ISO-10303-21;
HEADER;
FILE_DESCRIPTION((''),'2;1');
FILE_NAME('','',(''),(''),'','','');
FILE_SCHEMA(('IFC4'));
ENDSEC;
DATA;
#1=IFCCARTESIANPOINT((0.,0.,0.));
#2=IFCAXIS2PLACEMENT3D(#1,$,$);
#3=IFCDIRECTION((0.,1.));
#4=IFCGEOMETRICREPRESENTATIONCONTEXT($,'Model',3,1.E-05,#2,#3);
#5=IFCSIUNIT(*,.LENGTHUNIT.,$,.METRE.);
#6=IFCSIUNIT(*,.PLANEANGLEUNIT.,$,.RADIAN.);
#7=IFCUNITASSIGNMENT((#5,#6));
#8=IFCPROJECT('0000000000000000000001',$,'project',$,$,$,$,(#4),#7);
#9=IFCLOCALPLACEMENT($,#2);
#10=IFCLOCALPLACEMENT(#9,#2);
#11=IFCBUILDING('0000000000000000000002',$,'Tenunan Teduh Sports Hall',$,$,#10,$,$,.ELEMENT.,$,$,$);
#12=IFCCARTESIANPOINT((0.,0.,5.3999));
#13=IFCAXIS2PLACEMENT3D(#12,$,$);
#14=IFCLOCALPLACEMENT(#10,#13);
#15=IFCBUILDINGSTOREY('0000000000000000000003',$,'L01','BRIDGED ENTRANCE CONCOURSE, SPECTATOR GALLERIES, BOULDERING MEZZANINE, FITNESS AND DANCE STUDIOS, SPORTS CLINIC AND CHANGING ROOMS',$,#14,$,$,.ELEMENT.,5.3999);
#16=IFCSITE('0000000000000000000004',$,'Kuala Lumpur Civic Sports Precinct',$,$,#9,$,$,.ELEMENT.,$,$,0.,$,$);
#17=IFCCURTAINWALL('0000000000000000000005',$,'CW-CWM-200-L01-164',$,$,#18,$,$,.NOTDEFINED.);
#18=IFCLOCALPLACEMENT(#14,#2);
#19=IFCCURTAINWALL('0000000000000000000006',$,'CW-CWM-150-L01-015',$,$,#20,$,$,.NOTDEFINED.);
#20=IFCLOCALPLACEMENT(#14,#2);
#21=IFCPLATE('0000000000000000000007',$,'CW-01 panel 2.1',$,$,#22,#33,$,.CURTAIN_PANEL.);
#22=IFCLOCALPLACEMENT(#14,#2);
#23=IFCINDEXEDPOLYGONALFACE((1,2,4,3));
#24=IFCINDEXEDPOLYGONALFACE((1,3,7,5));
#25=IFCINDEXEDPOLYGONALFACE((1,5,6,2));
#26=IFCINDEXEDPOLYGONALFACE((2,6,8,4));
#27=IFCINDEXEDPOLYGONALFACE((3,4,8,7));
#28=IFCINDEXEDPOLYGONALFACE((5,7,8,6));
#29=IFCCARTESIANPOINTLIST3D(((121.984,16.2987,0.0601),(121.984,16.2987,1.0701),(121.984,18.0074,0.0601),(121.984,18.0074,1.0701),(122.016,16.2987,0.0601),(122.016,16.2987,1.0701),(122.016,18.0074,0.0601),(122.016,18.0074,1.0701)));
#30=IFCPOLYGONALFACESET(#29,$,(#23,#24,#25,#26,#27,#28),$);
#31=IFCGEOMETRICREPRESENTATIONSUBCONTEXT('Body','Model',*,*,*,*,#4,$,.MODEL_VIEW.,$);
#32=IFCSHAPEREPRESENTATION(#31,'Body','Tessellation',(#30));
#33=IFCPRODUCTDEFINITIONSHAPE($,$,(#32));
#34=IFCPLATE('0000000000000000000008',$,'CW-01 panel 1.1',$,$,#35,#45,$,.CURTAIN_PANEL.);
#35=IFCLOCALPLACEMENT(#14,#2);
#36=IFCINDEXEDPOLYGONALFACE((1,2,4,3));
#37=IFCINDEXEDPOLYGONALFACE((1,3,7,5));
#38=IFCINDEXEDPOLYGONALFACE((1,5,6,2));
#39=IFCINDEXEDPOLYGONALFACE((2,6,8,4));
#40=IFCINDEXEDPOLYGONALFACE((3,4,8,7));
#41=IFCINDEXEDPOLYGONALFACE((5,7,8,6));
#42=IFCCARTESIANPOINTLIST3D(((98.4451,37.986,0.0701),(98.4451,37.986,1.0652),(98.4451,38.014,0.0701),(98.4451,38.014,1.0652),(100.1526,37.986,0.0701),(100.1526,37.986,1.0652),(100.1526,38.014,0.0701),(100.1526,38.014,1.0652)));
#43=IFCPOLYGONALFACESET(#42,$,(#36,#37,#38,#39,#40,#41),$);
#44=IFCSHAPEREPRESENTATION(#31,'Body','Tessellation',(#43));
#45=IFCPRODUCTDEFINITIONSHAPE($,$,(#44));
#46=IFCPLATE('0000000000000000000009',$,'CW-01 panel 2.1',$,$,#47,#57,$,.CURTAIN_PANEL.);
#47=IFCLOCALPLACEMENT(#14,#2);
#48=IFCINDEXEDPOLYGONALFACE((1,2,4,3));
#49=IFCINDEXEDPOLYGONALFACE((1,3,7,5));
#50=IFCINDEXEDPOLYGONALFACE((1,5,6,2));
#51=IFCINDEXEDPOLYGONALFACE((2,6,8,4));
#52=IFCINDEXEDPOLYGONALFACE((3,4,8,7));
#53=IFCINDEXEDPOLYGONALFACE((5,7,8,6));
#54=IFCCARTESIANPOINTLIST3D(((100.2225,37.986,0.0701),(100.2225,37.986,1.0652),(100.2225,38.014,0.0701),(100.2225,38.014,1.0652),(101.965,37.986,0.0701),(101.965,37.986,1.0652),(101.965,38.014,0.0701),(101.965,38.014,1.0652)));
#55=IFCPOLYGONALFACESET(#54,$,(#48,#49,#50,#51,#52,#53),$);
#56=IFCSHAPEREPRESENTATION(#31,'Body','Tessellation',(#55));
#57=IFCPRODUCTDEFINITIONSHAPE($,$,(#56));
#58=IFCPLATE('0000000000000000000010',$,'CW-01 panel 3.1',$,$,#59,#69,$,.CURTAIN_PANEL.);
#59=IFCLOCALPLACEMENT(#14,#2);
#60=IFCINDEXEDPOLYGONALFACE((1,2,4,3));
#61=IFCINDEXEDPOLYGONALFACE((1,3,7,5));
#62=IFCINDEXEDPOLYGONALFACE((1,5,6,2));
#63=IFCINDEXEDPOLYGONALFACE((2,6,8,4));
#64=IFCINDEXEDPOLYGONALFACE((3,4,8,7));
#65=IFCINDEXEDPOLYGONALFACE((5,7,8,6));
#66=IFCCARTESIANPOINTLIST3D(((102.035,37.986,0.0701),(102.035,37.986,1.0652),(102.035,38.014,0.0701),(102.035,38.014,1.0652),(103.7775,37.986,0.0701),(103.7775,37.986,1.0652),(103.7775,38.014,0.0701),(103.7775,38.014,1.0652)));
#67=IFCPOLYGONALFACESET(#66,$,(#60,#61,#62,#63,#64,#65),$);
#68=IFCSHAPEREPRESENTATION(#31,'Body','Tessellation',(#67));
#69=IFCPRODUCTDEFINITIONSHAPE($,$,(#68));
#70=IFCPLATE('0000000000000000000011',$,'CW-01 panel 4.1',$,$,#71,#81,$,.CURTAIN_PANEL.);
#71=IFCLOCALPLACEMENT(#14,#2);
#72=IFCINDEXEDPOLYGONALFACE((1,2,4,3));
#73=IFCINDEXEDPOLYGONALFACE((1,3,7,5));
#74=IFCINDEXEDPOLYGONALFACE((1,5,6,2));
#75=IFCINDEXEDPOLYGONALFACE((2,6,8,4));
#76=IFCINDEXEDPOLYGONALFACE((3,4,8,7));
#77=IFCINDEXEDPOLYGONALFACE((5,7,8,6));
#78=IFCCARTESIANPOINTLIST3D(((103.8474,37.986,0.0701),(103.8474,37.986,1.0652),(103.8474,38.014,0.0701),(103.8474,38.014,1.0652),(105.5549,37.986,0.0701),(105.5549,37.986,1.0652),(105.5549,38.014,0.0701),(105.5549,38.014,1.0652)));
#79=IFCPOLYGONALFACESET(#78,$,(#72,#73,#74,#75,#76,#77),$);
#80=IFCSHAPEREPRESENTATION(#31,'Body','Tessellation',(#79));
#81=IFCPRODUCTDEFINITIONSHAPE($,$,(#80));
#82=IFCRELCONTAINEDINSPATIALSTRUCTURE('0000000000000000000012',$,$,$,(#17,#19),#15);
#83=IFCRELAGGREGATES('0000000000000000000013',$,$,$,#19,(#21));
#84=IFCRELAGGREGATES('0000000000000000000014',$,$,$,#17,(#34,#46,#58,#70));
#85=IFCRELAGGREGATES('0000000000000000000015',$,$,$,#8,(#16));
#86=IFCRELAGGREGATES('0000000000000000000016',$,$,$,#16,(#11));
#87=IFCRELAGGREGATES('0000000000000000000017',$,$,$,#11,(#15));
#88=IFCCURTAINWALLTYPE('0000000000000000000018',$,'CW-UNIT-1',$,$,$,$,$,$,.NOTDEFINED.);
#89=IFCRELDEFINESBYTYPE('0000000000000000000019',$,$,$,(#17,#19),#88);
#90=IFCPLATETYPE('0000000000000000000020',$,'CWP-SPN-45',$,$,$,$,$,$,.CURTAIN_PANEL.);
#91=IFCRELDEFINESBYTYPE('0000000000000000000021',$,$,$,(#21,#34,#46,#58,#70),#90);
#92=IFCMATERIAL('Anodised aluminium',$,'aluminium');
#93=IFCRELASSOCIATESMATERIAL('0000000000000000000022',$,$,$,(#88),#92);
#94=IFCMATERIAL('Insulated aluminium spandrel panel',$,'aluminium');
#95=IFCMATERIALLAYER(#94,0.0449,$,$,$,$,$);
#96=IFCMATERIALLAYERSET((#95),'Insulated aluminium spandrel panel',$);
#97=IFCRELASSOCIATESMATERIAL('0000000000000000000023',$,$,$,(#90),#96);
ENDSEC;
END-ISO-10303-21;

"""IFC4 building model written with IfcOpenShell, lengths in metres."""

from ifc_helpers import new_model, si_unit, direction, frame, origin, origin_2d, place, context, subcontext, project, spatial, rectangle, extrude, material, layer, layer_set, type_object, element, aggregate, save


model = new_model("IFC4")

# Units and contexts
model_context = context("Model", 3, precision=1e-05, world=origin(), true_north=direction((0.0, 1.0)))
body_context = subcontext(model_context, "Body", "Model", "MODEL_VIEW")
ifc_project = project(units=[si_unit("LENGTHUNIT", "METRE"), si_unit("PLANEANGLEUNIT", "RADIAN")], contexts=[model_context])

# Site, building, storey
site_placement = place(None, origin())
site = spatial("IfcSite", under=ifc_project, at=site_placement, Name="Kuala Lumpur Civic Sports Precinct", CompositionType="ELEMENT", RefElevation=0.0)
building_placement = place(site_placement, origin())
building = spatial("IfcBuilding", under=site, at=building_placement, Name="Tenunan Teduh Sports Hall", CompositionType="ELEMENT")
storey_placement = place(building_placement, frame((0.0, 0.0, 5.3999)))
storey = spatial("IfcBuildingStorey", under=building, at=storey_placement, Name="L01", Description="BRIDGED ENTRANCE CONCOURSE, SPECTATOR GALLERIES, BOULDERING MEZZANINE, FITNESS AND DANCE STUDIOS, SPORTS CLINIC AND CHANGING ROOMS", CompositionType="ELEMENT", Elevation=5.3999)

# Curtain wall
ifc_material_1 = material(Name="Anodised aluminium", Category="aluminium")
curtain_wall_type = type_object("IfcCurtainWallType", Name="CW-UNIT-1", PredefinedType="NOTDEFINED", material=ifc_material_1)
curtain_wall_1_placement = place(storey_placement, origin())
curtain_wall_1 = element("IfcCurtainWall", 1, at=curtain_wall_1_placement, inside=storey, type_object=curtain_wall_type, Name="CW-CWM-200-L01-164", PredefinedType="NOTDEFINED")

# Curtain wall, plate
curtain_wall_2_placement = place(storey_placement, origin())
curtain_wall_2 = element("IfcCurtainWall", 2, at=curtain_wall_2_placement, inside=storey, type_object=curtain_wall_type, Name="CW-CWM-150-L01-015", PredefinedType="NOTDEFINED")
ifc_material_2 = material(Name="Insulated aluminium spandrel panel", Category="aluminium")
ifc_layer_1 = layer(ifc_material_2, 0.0449)
ifc_layer_set_1 = layer_set([ifc_layer_1], Name="Insulated aluminium spandrel panel")
plate_type_1 = type_object("IfcPlateType", Name="CWP-SPN-45", PredefinedType="CURTAIN_PANEL", material=ifc_layer_set_1)
plate_1_placement = place(storey_placement, frame((122.0, 17.1531, 0.0601), z_axis=(0.0, 0.0, 1.0), x_axis=(0.0, 1.0, 0.0)))
plate_1 = element("IfcPlate", 3, at=plate_1_placement, type_object=plate_type_1, Name="CW-01 panel 2.1", PredefinedType="CURTAIN_PANEL", context=body_context, shape_type="SweptSolid", body=[
    extrude(rectangle(XDim=1.7087, YDim=0.032, at=origin_2d()), origin(), (0.0, 0.0, 1.0), 1.01),
])
aggregate(curtain_wall_2, [plate_1])

# Plates
plate_2_placement = place(storey_placement, frame((99.2988, 38.0, 0.0701), z_axis=(0.0, 0.0, 1.0), x_axis=(1.0, 0.0, 0.0)))
plate_2 = element("IfcPlate", 4, at=plate_2_placement, type_object=plate_type_1, Name="CW-01 panel 1.1", PredefinedType="CURTAIN_PANEL", context=body_context, shape_type="SweptSolid", body=[
    extrude(rectangle(XDim=1.7075, YDim=0.0281, at=origin_2d()), origin(), (0.0, 0.0, 1.0), 0.9951),
])
plate_3_placement = place(storey_placement, frame((101.0938, 38.0, 0.0701), z_axis=(0.0, 0.0, 1.0), x_axis=(1.0, 0.0, 0.0)))
plate_3 = element("IfcPlate", 5, at=plate_3_placement, type_object=plate_type_1, Name="CW-01 panel 2.1", PredefinedType="CURTAIN_PANEL", context=body_context, shape_type="SweptSolid", body=[
    extrude(rectangle(XDim=1.7424, YDim=0.0281, at=origin_2d()), origin(), (0.0, 0.0, 1.0), 0.9951),
])
plate_4_placement = place(storey_placement, frame((102.9062, 38.0, 0.0701), z_axis=(0.0, 0.0, 1.0), x_axis=(1.0, 0.0, 0.0)))
plate_4 = element("IfcPlate", 6, at=plate_4_placement, type_object=plate_type_1, Name="CW-01 panel 3.1", PredefinedType="CURTAIN_PANEL", context=body_context, shape_type="SweptSolid", body=[
    extrude(rectangle(XDim=1.7424, YDim=0.0281, at=origin_2d()), origin(), (0.0, 0.0, 1.0), 0.9951),
])
plate_5_placement = place(storey_placement, frame((104.7012, 38.0, 0.0701), z_axis=(0.0, 0.0, 1.0), x_axis=(1.0, 0.0, 0.0)))
plate_5 = element("IfcPlate", 7, at=plate_5_placement, type_object=plate_type_1, Name="CW-01 panel 4.1", PredefinedType="CURTAIN_PANEL", context=body_context, shape_type="SweptSolid", body=[
    extrude(rectangle(XDim=1.7075, YDim=0.0281, at=origin_2d()), origin(), (0.0, 0.0, 1.0), 0.9951),
])
aggregate(curtain_wall_1, [plate_2, plate_3, plate_4, plate_5])

save(model, "model.ifc")
